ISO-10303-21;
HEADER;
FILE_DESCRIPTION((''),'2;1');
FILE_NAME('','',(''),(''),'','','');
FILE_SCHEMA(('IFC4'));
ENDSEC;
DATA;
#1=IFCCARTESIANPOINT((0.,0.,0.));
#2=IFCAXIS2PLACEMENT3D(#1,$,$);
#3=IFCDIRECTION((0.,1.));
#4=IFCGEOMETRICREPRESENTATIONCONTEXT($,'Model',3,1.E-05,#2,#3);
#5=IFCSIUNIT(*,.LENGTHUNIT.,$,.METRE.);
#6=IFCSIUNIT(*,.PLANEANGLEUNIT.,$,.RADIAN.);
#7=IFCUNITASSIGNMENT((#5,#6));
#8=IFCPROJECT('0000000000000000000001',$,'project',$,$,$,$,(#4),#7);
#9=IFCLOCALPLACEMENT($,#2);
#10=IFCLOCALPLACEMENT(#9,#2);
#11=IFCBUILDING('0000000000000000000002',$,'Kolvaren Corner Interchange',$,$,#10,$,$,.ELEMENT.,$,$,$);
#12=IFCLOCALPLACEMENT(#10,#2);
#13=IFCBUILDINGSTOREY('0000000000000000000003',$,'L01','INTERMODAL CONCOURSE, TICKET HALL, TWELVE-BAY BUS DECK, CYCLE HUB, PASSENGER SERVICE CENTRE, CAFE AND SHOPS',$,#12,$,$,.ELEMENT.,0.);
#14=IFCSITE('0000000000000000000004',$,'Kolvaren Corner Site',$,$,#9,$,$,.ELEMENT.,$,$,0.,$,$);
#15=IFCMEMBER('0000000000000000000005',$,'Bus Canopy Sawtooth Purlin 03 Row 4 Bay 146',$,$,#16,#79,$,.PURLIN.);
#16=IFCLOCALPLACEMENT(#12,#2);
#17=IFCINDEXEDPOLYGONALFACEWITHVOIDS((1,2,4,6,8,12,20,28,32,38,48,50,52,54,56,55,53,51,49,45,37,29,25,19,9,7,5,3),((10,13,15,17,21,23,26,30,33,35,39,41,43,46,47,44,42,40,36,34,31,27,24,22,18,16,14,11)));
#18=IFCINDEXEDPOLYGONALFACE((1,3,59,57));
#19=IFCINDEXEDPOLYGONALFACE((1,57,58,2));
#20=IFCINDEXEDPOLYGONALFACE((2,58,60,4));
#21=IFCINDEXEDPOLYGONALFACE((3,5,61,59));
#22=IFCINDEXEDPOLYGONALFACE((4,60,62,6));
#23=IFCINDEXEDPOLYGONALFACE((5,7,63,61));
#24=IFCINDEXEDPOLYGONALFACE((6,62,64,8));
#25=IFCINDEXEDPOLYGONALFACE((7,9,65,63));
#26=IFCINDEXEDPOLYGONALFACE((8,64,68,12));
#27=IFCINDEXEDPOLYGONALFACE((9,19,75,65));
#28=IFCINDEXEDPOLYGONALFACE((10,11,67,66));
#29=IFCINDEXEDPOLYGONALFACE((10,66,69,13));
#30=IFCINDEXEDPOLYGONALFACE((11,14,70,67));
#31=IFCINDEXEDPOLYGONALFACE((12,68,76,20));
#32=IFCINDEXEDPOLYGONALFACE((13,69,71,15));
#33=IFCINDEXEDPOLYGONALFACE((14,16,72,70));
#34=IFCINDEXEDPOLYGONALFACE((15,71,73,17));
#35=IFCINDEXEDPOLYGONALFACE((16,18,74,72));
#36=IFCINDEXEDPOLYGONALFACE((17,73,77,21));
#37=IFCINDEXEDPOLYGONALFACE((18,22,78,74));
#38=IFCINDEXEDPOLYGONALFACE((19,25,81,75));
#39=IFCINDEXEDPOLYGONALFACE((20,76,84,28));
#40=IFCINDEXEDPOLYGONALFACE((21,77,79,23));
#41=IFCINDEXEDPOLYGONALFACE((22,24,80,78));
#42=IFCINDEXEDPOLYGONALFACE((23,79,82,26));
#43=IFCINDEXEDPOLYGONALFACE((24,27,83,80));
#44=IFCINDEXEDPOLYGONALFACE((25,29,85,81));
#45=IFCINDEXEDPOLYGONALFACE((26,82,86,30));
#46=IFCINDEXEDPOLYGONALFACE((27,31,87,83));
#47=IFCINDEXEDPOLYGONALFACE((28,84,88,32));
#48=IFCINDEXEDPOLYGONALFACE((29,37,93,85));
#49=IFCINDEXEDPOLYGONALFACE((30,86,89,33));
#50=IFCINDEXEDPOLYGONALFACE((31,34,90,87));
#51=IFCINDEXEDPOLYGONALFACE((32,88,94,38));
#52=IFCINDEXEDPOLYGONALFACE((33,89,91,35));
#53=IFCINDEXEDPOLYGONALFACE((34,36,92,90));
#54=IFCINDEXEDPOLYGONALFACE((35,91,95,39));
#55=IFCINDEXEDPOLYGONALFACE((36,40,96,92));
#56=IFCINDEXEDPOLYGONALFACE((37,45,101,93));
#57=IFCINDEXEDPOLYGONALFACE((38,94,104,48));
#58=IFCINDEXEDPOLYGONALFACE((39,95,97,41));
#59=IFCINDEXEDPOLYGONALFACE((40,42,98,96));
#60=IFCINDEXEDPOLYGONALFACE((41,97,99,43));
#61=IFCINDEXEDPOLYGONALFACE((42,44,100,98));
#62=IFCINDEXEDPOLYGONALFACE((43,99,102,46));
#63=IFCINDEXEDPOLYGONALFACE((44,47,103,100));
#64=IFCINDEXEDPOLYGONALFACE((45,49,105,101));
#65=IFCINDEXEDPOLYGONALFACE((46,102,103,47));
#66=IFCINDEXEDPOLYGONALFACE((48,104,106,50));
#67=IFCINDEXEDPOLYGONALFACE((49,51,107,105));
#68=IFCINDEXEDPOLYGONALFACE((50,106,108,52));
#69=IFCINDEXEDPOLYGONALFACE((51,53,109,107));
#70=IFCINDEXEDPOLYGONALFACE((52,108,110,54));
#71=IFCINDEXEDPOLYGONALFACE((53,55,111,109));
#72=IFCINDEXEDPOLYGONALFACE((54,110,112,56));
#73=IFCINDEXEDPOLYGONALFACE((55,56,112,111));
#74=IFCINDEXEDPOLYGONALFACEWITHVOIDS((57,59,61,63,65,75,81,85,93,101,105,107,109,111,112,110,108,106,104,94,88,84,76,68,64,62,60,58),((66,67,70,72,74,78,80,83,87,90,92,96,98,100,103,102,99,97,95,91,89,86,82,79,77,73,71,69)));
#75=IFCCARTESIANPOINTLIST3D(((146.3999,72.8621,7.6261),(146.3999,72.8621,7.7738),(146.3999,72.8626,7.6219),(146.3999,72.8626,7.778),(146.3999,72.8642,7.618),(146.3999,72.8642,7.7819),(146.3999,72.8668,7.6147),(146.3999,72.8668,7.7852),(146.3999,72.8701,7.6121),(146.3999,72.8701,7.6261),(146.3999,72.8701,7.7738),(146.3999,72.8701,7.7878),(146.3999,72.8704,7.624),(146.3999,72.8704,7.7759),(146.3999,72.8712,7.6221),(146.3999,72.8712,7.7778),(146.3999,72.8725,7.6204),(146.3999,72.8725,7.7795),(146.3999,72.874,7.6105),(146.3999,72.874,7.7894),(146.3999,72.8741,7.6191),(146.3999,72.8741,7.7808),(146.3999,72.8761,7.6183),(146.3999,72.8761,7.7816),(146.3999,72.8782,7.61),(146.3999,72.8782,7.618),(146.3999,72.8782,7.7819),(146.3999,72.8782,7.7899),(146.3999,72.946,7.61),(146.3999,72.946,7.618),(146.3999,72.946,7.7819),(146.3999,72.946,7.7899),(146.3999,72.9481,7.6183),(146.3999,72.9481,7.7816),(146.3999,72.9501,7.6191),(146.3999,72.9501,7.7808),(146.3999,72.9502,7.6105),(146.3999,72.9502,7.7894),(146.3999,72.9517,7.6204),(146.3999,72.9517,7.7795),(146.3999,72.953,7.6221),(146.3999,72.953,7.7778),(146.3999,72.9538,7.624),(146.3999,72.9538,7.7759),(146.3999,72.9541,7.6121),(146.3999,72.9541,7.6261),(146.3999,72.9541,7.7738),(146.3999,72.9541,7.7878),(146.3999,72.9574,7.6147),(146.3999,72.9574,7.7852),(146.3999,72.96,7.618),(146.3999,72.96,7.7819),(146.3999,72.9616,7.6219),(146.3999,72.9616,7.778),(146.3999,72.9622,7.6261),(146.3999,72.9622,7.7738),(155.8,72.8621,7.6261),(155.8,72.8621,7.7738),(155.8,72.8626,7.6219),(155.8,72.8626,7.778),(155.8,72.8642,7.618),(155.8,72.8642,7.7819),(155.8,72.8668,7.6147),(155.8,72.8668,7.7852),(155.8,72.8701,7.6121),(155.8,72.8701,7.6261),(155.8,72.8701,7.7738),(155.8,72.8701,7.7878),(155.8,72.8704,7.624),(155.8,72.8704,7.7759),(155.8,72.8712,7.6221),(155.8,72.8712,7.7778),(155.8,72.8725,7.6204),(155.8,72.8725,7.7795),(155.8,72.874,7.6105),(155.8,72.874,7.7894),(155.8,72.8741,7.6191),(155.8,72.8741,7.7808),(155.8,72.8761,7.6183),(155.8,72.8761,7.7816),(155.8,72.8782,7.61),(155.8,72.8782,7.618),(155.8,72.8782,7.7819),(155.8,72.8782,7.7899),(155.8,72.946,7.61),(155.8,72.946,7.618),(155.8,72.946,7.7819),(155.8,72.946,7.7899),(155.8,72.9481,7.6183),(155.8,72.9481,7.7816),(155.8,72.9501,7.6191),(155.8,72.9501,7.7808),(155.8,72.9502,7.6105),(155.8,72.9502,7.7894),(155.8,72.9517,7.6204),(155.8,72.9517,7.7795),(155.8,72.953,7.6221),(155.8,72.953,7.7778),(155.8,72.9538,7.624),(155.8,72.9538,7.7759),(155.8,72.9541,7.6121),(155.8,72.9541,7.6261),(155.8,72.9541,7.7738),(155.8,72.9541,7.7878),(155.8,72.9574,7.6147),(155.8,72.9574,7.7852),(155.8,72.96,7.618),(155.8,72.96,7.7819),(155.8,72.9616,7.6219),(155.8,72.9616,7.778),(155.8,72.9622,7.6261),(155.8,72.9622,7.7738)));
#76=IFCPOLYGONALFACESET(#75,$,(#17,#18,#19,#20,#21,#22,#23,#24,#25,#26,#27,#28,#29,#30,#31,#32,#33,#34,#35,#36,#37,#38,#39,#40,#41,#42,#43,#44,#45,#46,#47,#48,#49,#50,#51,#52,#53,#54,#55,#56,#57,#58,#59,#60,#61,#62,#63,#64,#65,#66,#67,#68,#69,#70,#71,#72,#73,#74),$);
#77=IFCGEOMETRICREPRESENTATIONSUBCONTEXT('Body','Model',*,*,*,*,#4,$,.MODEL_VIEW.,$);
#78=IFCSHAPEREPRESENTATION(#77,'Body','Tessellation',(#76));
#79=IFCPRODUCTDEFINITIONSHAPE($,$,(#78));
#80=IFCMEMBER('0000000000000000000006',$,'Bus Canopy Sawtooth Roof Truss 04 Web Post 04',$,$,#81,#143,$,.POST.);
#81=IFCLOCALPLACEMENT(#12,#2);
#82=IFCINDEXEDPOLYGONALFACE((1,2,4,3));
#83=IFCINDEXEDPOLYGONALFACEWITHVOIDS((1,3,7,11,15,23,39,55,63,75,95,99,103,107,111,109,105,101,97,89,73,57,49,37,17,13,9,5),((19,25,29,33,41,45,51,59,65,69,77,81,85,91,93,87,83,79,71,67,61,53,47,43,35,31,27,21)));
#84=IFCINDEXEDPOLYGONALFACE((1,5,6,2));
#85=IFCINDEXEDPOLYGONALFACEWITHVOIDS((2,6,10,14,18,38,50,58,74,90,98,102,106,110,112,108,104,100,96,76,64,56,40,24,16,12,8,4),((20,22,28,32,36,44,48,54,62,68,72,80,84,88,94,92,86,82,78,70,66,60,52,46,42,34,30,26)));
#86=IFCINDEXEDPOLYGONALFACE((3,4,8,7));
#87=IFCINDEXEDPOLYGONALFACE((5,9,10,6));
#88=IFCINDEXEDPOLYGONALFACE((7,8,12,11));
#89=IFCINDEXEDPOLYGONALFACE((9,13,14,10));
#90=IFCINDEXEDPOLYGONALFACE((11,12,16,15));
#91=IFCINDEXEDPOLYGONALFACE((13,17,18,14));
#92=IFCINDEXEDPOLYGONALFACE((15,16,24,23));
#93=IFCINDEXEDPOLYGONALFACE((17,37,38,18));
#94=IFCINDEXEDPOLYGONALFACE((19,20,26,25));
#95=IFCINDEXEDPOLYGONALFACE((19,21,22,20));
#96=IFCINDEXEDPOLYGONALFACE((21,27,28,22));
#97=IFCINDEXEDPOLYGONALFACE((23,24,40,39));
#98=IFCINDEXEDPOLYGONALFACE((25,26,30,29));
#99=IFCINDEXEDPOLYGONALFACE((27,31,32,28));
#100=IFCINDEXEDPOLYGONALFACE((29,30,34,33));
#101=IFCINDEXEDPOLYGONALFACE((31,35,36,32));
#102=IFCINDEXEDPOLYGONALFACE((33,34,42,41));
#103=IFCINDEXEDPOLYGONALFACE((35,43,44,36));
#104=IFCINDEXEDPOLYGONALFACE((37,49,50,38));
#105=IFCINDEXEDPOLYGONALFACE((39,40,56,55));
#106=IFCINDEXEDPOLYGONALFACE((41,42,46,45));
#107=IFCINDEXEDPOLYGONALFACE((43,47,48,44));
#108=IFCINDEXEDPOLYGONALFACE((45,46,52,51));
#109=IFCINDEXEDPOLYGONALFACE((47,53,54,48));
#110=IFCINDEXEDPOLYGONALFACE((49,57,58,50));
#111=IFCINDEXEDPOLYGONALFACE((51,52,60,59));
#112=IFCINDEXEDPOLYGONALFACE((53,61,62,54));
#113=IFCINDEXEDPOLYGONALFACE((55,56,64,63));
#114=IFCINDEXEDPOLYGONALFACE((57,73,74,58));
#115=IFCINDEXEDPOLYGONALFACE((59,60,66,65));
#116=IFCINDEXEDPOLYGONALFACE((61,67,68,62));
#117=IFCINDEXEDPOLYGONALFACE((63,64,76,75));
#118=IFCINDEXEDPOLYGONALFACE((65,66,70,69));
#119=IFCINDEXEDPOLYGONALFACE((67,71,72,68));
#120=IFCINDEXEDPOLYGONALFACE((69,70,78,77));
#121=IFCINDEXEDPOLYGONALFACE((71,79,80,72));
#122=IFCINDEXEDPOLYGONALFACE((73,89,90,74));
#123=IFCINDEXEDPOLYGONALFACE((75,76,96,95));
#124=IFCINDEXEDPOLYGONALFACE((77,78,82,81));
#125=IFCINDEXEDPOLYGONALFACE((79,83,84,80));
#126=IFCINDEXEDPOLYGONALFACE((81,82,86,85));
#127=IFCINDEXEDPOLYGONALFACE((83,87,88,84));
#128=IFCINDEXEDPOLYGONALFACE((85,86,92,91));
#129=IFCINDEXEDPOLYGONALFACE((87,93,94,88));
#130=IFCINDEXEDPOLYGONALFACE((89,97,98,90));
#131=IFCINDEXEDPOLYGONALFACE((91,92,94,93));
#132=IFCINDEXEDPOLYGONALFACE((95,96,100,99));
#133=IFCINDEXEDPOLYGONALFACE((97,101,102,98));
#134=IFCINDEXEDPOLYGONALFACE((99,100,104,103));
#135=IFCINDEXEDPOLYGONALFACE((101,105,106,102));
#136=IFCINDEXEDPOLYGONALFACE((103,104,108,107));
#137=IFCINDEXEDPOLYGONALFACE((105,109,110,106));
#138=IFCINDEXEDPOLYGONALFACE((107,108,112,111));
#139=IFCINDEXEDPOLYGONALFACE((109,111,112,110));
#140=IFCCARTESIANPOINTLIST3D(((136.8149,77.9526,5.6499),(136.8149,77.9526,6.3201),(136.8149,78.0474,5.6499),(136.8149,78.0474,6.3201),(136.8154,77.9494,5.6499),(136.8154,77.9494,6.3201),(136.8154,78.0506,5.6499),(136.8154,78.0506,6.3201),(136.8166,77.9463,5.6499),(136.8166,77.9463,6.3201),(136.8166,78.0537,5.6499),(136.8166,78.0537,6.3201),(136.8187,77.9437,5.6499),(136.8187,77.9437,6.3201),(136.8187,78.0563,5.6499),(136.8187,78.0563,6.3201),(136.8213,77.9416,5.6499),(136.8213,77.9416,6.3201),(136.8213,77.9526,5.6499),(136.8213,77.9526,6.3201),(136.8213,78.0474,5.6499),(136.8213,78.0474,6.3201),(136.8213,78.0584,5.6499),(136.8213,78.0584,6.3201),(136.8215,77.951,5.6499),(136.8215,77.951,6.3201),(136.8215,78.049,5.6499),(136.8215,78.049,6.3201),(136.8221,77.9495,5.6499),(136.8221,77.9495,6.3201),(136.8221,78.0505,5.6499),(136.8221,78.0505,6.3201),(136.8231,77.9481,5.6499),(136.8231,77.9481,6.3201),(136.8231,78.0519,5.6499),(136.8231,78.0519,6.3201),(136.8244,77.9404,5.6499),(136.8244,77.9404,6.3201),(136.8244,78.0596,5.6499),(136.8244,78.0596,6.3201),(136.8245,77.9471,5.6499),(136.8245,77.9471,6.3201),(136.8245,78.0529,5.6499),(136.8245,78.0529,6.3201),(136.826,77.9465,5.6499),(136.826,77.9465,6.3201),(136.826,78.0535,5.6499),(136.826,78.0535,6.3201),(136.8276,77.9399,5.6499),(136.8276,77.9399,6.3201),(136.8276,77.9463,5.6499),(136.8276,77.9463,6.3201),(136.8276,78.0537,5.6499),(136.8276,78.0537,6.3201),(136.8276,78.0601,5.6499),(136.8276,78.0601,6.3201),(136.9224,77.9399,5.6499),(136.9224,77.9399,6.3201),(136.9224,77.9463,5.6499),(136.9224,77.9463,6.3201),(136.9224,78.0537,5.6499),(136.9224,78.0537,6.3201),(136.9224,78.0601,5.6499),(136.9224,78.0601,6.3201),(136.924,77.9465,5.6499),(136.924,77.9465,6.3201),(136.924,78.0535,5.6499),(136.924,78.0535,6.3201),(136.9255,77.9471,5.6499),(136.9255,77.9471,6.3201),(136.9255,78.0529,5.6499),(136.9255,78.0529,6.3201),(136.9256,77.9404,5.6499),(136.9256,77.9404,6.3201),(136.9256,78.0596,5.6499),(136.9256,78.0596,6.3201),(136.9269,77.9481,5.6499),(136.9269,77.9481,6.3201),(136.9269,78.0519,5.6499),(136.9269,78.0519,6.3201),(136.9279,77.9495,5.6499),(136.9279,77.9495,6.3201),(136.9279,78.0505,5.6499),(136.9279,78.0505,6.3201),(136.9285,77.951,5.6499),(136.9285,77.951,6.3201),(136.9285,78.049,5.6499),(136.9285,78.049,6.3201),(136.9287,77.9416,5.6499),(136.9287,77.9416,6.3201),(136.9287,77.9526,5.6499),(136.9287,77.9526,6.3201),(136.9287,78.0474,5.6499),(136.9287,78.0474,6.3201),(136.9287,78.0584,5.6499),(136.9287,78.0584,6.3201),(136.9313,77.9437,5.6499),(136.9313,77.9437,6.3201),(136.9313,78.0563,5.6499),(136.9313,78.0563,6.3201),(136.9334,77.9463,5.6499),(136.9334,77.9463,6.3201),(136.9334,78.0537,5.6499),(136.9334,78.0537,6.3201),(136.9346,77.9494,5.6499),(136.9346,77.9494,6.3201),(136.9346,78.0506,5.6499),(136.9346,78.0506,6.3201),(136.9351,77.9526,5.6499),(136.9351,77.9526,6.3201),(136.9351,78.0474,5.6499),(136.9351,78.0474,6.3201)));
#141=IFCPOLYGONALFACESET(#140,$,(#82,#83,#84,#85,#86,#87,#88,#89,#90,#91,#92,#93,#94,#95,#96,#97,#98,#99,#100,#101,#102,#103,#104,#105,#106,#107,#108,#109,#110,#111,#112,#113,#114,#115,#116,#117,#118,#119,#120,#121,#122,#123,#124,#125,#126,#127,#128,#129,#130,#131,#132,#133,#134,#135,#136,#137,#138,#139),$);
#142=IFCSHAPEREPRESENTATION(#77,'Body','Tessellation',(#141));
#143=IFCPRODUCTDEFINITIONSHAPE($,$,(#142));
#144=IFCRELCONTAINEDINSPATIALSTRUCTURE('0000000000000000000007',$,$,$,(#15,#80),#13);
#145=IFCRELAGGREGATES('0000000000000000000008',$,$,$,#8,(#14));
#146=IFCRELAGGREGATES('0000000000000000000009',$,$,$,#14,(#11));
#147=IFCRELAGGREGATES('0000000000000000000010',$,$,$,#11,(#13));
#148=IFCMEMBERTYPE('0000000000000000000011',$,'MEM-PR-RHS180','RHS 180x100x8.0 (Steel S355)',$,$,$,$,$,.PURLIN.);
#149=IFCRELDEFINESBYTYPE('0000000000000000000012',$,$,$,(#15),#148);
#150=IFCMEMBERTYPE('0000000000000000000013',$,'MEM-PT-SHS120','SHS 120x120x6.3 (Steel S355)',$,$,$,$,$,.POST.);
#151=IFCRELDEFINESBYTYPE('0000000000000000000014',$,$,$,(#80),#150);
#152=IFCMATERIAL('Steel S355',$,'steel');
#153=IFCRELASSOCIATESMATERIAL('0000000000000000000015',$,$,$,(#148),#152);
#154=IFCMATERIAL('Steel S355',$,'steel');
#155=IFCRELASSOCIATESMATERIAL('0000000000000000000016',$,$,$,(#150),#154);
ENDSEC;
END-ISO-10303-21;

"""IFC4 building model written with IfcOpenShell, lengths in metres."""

from ifc_helpers import new_model, si_unit, direction, frame, origin, origin_2d, place, context, subcontext, project, spatial, hollow_rectangle, extrude, material, material_profile, profile_set, type_object, element, save


model = new_model("IFC4")

# Units and contexts
model_context = context("Model", 3, precision=1e-05, world=origin(), true_north=direction((0.0, 1.0)))
body_context = subcontext(model_context, "Body", "Model", "MODEL_VIEW")
ifc_project = project(units=[si_unit("LENGTHUNIT", "METRE"), si_unit("PLANEANGLEUNIT", "RADIAN")], contexts=[model_context])

# Site, building, storey
site_placement = place(None, origin())
site = spatial("IfcSite", under=ifc_project, at=site_placement, Name="Kolvaren Corner Site", CompositionType="ELEMENT", RefElevation=0.0)
building_placement = place(site_placement, origin())
building = spatial("IfcBuilding", under=site, at=building_placement, Name="Kolvaren Corner Interchange", CompositionType="ELEMENT")
storey_placement = place(building_placement, origin())
storey = spatial("IfcBuildingStorey", under=building, at=storey_placement, Name="L01", Description="INTERMODAL CONCOURSE, TICKET HALL, TWELVE-BAY BUS DECK, CYCLE HUB, PASSENGER SERVICE CENTRE, CAFE AND SHOPS", CompositionType="ELEMENT", Elevation=0.0)

# Members
ifc_material_1 = material(Name="Steel S355", Category="steel")
ifc_material_profile_1 = material_profile(ifc_material_1, hollow_rectangle(XDim=0.1001, YDim=0.1799, WallThickness=0.0081, InnerFilletRadius=0.0081, OuterFilletRadius=0.0161, at=origin_2d()), Name="RHS 180x100x8.0")
ifc_profile_set_1 = profile_set([ifc_material_profile_1], Name="Steel S355")
member_type_1 = type_object("IfcMemberType", Name="MEM-PR-RHS180", Description="RHS 180x100x8.0 (Steel S355)", PredefinedType="PURLIN", material=ifc_profile_set_1)
member_1_placement = place(storey_placement, frame((146.3999, 72.9121, 7.7), z_axis=(1.0, 0.0, 0.0), x_axis=(0.0, 1.0, 0.0)))
element("IfcMember", 1, at=member_1_placement, inside=storey, type_object=member_type_1, Name="Bus Canopy Sawtooth Purlin 03 Row 4 Bay 146", PredefinedType="PURLIN", context=body_context, shape_type="SweptSolid", body=[
    extrude(hollow_rectangle(XDim=0.1001, YDim=0.1799, WallThickness=0.0081, InnerFilletRadius=0.0081, OuterFilletRadius=0.0161, at=origin_2d()), origin(), (0.0, 0.0, 1.0), 9.4001),
])
ifc_material_2 = material(Name="Steel S355", Category="steel")
ifc_material_profile_2 = material_profile(ifc_material_2, hollow_rectangle(XDim=0.1201, YDim=0.1201, WallThickness=0.0063, InnerFilletRadius=0.0063, OuterFilletRadius=0.0127, at=origin_2d()), Name="SHS 120x120x6.3")
ifc_profile_set_2 = profile_set([ifc_material_profile_2], Name="Steel S355")
member_type_2 = type_object("IfcMemberType", Name="MEM-PT-SHS120", Description="SHS 120x120x6.3 (Steel S355)", PredefinedType="POST", material=ifc_profile_set_2)
member_2_placement = place(storey_placement, frame((136.875, 78.0, 5.6499), z_axis=(0.0, 0.0, 1.0), x_axis=(1.0, 0.0, 0.0)))
element("IfcMember", 2, at=member_2_placement, inside=storey, type_object=member_type_2, Name="Bus Canopy Sawtooth Roof Truss 04 Web Post 04", PredefinedType="POST", context=body_context, shape_type="SweptSolid", body=[
    extrude(hollow_rectangle(XDim=0.1201, YDim=0.1201, WallThickness=0.0063, InnerFilletRadius=0.0063, OuterFilletRadius=0.0127, at=origin_2d()), origin(), (0.0, 0.0, 1.0), 0.6702),
])

save(model, "model.ifc")
